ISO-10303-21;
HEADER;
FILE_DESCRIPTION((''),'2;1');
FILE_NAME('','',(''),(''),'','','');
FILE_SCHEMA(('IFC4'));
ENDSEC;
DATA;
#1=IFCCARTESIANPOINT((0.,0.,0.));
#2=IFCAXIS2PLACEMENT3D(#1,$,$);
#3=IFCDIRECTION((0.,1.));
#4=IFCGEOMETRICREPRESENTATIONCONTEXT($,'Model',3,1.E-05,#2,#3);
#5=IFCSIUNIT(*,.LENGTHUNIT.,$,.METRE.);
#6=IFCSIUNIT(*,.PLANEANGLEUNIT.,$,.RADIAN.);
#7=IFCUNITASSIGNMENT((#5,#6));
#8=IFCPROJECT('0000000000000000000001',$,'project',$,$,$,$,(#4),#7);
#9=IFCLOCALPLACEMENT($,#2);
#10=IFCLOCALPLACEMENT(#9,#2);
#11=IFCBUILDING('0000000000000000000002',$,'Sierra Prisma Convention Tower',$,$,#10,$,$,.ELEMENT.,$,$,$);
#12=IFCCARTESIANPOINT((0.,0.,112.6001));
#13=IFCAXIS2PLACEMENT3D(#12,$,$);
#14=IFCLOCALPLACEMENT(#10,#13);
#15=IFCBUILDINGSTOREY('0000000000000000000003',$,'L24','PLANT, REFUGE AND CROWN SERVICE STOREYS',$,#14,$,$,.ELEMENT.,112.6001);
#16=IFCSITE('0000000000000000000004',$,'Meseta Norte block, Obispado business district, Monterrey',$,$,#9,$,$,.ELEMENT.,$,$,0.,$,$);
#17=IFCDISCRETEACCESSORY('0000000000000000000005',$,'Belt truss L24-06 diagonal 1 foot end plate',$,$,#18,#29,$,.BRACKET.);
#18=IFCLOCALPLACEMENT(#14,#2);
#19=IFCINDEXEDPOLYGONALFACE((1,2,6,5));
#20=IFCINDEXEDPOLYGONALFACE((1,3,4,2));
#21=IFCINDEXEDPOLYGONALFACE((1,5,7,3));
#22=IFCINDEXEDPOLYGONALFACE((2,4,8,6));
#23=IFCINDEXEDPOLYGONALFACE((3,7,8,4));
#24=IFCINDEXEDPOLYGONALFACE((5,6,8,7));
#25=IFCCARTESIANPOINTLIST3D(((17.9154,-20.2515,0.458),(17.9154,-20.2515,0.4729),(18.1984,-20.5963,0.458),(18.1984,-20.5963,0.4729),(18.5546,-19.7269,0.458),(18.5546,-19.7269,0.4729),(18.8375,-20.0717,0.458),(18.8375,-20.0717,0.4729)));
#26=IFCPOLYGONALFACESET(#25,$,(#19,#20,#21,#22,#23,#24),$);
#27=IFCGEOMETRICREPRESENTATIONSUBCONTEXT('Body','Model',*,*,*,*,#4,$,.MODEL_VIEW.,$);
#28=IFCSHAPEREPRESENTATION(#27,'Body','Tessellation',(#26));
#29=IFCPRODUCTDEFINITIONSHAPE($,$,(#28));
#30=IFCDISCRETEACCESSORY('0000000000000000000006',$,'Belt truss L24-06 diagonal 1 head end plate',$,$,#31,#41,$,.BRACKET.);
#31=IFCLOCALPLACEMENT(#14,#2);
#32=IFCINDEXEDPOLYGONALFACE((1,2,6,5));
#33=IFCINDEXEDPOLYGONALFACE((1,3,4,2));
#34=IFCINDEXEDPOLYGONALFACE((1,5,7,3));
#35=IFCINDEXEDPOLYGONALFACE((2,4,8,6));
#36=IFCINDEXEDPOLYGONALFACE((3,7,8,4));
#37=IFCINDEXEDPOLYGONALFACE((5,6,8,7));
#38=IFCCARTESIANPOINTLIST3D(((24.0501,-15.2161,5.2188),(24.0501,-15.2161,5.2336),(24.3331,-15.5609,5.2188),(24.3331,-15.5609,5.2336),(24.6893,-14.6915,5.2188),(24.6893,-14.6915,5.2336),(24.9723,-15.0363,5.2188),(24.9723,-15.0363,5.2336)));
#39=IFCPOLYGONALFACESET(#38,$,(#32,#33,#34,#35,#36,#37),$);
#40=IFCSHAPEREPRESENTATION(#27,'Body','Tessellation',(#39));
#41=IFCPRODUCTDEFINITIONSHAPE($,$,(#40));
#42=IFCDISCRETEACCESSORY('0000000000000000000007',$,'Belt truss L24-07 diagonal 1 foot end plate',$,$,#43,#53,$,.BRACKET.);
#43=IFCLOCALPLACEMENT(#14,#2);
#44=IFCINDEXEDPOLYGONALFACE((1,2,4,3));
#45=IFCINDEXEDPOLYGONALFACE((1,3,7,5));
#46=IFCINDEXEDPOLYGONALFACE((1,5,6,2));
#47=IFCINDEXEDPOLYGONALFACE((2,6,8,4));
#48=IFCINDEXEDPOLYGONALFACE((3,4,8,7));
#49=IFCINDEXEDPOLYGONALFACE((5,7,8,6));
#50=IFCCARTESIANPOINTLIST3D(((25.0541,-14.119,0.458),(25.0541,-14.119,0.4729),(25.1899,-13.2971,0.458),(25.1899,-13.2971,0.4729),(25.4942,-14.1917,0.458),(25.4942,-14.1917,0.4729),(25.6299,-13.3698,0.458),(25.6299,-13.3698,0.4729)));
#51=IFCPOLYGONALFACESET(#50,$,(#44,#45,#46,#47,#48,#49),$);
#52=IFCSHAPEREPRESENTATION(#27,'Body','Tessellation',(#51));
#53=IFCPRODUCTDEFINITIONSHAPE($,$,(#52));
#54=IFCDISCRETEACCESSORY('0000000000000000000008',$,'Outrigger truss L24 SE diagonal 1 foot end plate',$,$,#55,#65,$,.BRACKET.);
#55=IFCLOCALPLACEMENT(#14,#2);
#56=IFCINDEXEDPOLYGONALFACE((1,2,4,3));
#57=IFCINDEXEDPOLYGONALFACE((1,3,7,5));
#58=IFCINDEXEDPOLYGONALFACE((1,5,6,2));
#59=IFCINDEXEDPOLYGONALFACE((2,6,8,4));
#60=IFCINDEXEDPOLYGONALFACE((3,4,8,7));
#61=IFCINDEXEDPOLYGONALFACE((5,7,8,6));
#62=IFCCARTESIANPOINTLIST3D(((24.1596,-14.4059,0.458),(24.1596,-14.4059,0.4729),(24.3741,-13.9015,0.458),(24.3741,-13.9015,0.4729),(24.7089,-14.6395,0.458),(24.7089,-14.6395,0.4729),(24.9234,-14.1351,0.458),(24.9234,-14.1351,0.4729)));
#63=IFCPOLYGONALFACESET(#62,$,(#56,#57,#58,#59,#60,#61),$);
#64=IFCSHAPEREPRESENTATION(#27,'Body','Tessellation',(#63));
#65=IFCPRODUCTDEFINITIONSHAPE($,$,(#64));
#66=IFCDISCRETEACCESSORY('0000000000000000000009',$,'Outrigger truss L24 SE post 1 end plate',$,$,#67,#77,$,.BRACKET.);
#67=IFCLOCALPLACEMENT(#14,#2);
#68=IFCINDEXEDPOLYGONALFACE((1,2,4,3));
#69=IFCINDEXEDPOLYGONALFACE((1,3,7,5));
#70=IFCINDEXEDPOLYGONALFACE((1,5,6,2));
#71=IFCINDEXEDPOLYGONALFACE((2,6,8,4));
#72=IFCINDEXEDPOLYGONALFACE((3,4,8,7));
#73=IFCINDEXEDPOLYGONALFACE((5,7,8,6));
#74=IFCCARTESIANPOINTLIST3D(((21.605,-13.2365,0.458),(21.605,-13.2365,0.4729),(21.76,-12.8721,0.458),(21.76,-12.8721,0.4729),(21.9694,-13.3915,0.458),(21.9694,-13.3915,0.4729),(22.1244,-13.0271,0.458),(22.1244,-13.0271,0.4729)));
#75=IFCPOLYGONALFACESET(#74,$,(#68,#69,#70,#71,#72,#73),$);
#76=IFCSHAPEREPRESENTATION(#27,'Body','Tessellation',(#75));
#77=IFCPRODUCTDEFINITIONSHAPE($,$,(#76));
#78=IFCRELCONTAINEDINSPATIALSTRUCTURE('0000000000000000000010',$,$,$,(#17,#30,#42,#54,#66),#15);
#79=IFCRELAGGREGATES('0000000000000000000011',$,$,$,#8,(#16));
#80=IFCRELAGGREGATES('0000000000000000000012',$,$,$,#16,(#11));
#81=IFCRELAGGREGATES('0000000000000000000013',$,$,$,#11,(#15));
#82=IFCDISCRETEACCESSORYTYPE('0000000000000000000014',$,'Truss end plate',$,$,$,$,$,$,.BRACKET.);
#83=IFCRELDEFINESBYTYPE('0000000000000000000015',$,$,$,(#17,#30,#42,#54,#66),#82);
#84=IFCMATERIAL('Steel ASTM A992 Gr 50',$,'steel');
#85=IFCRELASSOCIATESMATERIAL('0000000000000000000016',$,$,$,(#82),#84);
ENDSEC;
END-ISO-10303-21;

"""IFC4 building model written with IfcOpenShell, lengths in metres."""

from ifc_helpers import new_model, si_unit, direction, frame, origin, origin_2d, place, context, subcontext, project, spatial, rectangle, extrude, material, type_object, element, save


model = new_model("IFC4")

# Units and contexts
model_context = context("Model", 3, precision=1e-05, world=origin(), true_north=direction((0.0, 1.0)))
body_context = subcontext(model_context, "Body", "Model", "MODEL_VIEW")
ifc_project = project(units=[si_unit("LENGTHUNIT", "METRE"), si_unit("PLANEANGLEUNIT", "RADIAN")], contexts=[model_context])

# Site, building, storey
site_placement = place(None, origin())
site = spatial("IfcSite", under=ifc_project, at=site_placement, Name="Meseta Norte block, Obispado business district, Monterrey", CompositionType="ELEMENT", RefElevation=0.0)
building_placement = place(site_placement, origin())
building = spatial("IfcBuilding", under=site, at=building_placement, Name="Sierra Prisma Convention Tower", CompositionType="ELEMENT")
storey_placement = place(building_placement, frame((0.0, 0.0, 112.6001)))
storey = spatial("IfcBuildingStorey", under=building, at=storey_placement, Name="L24", Description="PLANT, REFUGE AND CROWN SERVICE STOREYS", CompositionType="ELEMENT", Elevation=112.6001)

# Discrete accessories
ifc_material_1 = material(Name="Steel ASTM A992 Gr 50", Category="steel")
discrete_accessory_type = type_object("IfcDiscreteAccessoryType", Name="Truss end plate", PredefinedType="BRACKET", material=ifc_material_1)
for number, where, z_axis, x_axis, name in (
    (1, (18.3765, -20.1616, 0.458), (0.0, 0.0, 1.0), (0.772983, 0.634427, 0.0), "Belt truss L24-06 diagonal 1 foot end plate"),
    (2, (24.5112, -15.1262, 5.2188), (0.0, 0.0, 1.0), (0.772983, 0.634427, 0.0), "Belt truss L24-06 diagonal 1 head end plate"),
):
    element("IfcDiscreteAccessory", number, at=place(storey_placement, frame(where, z_axis=z_axis, x_axis=x_axis)), inside=storey, type_object=discrete_accessory_type, Name=name, PredefinedType="BRACKET", context=body_context, shape_type="SweptSolid", body=[
        extrude(rectangle(XDim=0.8269, YDim=0.446, at=origin_2d()), origin(), (0.0, 0.0, 1.0), 0.0149),
    ])
discrete_accessory_1_placement = place(storey_placement, frame((25.342, -13.7444, 0.458), z_axis=(0.0, 0.0, 1.0), x_axis=(0.162944, 0.986635, 0.0)))
element("IfcDiscreteAccessory", 3, at=discrete_accessory_1_placement, inside=storey, type_object=discrete_accessory_type, Name="Belt truss L24-07 diagonal 1 foot end plate", PredefinedType="BRACKET", context=body_context, shape_type="SweptSolid", body=[
    extrude(rectangle(XDim=0.833, YDim=0.446, at=origin_2d()), origin(), (0.0, 0.0, 1.0), 0.0149),
])
discrete_accessory_2_placement = place(storey_placement, frame((24.5415, -14.2705, 0.458), z_axis=(0.0, 0.0, 1.0), x_axis=(-0.920213, 0.391419, 0.0)))
element("IfcDiscreteAccessory", 4, at=discrete_accessory_2_placement, inside=storey, type_object=discrete_accessory_type, Name="Outrigger truss L24 SE diagonal 1 foot end plate", PredefinedType="BRACKET", context=body_context, shape_type="SweptSolid", body=[
    extrude(rectangle(XDim=0.5969, YDim=0.5481, at=origin_2d()), origin(), (0.0, 0.0, 1.0), 0.0149),
])
discrete_accessory_3_placement = place(storey_placement, frame((21.8647, -13.1318, 0.458), z_axis=(0.0, 0.0, 1.0), x_axis=(-0.920213, 0.391419, 0.0)))
element("IfcDiscreteAccessory", 5, at=discrete_accessory_3_placement, inside=storey, type_object=discrete_accessory_type, Name="Outrigger truss L24 SE post 1 end plate", PredefinedType="BRACKET", context=body_context, shape_type="SweptSolid", body=[
    extrude(rectangle(XDim=0.396, YDim=0.396, at=origin_2d()), origin(), (0.0, 0.0, 1.0), 0.0149),
])

save(model, "model.ifc")
